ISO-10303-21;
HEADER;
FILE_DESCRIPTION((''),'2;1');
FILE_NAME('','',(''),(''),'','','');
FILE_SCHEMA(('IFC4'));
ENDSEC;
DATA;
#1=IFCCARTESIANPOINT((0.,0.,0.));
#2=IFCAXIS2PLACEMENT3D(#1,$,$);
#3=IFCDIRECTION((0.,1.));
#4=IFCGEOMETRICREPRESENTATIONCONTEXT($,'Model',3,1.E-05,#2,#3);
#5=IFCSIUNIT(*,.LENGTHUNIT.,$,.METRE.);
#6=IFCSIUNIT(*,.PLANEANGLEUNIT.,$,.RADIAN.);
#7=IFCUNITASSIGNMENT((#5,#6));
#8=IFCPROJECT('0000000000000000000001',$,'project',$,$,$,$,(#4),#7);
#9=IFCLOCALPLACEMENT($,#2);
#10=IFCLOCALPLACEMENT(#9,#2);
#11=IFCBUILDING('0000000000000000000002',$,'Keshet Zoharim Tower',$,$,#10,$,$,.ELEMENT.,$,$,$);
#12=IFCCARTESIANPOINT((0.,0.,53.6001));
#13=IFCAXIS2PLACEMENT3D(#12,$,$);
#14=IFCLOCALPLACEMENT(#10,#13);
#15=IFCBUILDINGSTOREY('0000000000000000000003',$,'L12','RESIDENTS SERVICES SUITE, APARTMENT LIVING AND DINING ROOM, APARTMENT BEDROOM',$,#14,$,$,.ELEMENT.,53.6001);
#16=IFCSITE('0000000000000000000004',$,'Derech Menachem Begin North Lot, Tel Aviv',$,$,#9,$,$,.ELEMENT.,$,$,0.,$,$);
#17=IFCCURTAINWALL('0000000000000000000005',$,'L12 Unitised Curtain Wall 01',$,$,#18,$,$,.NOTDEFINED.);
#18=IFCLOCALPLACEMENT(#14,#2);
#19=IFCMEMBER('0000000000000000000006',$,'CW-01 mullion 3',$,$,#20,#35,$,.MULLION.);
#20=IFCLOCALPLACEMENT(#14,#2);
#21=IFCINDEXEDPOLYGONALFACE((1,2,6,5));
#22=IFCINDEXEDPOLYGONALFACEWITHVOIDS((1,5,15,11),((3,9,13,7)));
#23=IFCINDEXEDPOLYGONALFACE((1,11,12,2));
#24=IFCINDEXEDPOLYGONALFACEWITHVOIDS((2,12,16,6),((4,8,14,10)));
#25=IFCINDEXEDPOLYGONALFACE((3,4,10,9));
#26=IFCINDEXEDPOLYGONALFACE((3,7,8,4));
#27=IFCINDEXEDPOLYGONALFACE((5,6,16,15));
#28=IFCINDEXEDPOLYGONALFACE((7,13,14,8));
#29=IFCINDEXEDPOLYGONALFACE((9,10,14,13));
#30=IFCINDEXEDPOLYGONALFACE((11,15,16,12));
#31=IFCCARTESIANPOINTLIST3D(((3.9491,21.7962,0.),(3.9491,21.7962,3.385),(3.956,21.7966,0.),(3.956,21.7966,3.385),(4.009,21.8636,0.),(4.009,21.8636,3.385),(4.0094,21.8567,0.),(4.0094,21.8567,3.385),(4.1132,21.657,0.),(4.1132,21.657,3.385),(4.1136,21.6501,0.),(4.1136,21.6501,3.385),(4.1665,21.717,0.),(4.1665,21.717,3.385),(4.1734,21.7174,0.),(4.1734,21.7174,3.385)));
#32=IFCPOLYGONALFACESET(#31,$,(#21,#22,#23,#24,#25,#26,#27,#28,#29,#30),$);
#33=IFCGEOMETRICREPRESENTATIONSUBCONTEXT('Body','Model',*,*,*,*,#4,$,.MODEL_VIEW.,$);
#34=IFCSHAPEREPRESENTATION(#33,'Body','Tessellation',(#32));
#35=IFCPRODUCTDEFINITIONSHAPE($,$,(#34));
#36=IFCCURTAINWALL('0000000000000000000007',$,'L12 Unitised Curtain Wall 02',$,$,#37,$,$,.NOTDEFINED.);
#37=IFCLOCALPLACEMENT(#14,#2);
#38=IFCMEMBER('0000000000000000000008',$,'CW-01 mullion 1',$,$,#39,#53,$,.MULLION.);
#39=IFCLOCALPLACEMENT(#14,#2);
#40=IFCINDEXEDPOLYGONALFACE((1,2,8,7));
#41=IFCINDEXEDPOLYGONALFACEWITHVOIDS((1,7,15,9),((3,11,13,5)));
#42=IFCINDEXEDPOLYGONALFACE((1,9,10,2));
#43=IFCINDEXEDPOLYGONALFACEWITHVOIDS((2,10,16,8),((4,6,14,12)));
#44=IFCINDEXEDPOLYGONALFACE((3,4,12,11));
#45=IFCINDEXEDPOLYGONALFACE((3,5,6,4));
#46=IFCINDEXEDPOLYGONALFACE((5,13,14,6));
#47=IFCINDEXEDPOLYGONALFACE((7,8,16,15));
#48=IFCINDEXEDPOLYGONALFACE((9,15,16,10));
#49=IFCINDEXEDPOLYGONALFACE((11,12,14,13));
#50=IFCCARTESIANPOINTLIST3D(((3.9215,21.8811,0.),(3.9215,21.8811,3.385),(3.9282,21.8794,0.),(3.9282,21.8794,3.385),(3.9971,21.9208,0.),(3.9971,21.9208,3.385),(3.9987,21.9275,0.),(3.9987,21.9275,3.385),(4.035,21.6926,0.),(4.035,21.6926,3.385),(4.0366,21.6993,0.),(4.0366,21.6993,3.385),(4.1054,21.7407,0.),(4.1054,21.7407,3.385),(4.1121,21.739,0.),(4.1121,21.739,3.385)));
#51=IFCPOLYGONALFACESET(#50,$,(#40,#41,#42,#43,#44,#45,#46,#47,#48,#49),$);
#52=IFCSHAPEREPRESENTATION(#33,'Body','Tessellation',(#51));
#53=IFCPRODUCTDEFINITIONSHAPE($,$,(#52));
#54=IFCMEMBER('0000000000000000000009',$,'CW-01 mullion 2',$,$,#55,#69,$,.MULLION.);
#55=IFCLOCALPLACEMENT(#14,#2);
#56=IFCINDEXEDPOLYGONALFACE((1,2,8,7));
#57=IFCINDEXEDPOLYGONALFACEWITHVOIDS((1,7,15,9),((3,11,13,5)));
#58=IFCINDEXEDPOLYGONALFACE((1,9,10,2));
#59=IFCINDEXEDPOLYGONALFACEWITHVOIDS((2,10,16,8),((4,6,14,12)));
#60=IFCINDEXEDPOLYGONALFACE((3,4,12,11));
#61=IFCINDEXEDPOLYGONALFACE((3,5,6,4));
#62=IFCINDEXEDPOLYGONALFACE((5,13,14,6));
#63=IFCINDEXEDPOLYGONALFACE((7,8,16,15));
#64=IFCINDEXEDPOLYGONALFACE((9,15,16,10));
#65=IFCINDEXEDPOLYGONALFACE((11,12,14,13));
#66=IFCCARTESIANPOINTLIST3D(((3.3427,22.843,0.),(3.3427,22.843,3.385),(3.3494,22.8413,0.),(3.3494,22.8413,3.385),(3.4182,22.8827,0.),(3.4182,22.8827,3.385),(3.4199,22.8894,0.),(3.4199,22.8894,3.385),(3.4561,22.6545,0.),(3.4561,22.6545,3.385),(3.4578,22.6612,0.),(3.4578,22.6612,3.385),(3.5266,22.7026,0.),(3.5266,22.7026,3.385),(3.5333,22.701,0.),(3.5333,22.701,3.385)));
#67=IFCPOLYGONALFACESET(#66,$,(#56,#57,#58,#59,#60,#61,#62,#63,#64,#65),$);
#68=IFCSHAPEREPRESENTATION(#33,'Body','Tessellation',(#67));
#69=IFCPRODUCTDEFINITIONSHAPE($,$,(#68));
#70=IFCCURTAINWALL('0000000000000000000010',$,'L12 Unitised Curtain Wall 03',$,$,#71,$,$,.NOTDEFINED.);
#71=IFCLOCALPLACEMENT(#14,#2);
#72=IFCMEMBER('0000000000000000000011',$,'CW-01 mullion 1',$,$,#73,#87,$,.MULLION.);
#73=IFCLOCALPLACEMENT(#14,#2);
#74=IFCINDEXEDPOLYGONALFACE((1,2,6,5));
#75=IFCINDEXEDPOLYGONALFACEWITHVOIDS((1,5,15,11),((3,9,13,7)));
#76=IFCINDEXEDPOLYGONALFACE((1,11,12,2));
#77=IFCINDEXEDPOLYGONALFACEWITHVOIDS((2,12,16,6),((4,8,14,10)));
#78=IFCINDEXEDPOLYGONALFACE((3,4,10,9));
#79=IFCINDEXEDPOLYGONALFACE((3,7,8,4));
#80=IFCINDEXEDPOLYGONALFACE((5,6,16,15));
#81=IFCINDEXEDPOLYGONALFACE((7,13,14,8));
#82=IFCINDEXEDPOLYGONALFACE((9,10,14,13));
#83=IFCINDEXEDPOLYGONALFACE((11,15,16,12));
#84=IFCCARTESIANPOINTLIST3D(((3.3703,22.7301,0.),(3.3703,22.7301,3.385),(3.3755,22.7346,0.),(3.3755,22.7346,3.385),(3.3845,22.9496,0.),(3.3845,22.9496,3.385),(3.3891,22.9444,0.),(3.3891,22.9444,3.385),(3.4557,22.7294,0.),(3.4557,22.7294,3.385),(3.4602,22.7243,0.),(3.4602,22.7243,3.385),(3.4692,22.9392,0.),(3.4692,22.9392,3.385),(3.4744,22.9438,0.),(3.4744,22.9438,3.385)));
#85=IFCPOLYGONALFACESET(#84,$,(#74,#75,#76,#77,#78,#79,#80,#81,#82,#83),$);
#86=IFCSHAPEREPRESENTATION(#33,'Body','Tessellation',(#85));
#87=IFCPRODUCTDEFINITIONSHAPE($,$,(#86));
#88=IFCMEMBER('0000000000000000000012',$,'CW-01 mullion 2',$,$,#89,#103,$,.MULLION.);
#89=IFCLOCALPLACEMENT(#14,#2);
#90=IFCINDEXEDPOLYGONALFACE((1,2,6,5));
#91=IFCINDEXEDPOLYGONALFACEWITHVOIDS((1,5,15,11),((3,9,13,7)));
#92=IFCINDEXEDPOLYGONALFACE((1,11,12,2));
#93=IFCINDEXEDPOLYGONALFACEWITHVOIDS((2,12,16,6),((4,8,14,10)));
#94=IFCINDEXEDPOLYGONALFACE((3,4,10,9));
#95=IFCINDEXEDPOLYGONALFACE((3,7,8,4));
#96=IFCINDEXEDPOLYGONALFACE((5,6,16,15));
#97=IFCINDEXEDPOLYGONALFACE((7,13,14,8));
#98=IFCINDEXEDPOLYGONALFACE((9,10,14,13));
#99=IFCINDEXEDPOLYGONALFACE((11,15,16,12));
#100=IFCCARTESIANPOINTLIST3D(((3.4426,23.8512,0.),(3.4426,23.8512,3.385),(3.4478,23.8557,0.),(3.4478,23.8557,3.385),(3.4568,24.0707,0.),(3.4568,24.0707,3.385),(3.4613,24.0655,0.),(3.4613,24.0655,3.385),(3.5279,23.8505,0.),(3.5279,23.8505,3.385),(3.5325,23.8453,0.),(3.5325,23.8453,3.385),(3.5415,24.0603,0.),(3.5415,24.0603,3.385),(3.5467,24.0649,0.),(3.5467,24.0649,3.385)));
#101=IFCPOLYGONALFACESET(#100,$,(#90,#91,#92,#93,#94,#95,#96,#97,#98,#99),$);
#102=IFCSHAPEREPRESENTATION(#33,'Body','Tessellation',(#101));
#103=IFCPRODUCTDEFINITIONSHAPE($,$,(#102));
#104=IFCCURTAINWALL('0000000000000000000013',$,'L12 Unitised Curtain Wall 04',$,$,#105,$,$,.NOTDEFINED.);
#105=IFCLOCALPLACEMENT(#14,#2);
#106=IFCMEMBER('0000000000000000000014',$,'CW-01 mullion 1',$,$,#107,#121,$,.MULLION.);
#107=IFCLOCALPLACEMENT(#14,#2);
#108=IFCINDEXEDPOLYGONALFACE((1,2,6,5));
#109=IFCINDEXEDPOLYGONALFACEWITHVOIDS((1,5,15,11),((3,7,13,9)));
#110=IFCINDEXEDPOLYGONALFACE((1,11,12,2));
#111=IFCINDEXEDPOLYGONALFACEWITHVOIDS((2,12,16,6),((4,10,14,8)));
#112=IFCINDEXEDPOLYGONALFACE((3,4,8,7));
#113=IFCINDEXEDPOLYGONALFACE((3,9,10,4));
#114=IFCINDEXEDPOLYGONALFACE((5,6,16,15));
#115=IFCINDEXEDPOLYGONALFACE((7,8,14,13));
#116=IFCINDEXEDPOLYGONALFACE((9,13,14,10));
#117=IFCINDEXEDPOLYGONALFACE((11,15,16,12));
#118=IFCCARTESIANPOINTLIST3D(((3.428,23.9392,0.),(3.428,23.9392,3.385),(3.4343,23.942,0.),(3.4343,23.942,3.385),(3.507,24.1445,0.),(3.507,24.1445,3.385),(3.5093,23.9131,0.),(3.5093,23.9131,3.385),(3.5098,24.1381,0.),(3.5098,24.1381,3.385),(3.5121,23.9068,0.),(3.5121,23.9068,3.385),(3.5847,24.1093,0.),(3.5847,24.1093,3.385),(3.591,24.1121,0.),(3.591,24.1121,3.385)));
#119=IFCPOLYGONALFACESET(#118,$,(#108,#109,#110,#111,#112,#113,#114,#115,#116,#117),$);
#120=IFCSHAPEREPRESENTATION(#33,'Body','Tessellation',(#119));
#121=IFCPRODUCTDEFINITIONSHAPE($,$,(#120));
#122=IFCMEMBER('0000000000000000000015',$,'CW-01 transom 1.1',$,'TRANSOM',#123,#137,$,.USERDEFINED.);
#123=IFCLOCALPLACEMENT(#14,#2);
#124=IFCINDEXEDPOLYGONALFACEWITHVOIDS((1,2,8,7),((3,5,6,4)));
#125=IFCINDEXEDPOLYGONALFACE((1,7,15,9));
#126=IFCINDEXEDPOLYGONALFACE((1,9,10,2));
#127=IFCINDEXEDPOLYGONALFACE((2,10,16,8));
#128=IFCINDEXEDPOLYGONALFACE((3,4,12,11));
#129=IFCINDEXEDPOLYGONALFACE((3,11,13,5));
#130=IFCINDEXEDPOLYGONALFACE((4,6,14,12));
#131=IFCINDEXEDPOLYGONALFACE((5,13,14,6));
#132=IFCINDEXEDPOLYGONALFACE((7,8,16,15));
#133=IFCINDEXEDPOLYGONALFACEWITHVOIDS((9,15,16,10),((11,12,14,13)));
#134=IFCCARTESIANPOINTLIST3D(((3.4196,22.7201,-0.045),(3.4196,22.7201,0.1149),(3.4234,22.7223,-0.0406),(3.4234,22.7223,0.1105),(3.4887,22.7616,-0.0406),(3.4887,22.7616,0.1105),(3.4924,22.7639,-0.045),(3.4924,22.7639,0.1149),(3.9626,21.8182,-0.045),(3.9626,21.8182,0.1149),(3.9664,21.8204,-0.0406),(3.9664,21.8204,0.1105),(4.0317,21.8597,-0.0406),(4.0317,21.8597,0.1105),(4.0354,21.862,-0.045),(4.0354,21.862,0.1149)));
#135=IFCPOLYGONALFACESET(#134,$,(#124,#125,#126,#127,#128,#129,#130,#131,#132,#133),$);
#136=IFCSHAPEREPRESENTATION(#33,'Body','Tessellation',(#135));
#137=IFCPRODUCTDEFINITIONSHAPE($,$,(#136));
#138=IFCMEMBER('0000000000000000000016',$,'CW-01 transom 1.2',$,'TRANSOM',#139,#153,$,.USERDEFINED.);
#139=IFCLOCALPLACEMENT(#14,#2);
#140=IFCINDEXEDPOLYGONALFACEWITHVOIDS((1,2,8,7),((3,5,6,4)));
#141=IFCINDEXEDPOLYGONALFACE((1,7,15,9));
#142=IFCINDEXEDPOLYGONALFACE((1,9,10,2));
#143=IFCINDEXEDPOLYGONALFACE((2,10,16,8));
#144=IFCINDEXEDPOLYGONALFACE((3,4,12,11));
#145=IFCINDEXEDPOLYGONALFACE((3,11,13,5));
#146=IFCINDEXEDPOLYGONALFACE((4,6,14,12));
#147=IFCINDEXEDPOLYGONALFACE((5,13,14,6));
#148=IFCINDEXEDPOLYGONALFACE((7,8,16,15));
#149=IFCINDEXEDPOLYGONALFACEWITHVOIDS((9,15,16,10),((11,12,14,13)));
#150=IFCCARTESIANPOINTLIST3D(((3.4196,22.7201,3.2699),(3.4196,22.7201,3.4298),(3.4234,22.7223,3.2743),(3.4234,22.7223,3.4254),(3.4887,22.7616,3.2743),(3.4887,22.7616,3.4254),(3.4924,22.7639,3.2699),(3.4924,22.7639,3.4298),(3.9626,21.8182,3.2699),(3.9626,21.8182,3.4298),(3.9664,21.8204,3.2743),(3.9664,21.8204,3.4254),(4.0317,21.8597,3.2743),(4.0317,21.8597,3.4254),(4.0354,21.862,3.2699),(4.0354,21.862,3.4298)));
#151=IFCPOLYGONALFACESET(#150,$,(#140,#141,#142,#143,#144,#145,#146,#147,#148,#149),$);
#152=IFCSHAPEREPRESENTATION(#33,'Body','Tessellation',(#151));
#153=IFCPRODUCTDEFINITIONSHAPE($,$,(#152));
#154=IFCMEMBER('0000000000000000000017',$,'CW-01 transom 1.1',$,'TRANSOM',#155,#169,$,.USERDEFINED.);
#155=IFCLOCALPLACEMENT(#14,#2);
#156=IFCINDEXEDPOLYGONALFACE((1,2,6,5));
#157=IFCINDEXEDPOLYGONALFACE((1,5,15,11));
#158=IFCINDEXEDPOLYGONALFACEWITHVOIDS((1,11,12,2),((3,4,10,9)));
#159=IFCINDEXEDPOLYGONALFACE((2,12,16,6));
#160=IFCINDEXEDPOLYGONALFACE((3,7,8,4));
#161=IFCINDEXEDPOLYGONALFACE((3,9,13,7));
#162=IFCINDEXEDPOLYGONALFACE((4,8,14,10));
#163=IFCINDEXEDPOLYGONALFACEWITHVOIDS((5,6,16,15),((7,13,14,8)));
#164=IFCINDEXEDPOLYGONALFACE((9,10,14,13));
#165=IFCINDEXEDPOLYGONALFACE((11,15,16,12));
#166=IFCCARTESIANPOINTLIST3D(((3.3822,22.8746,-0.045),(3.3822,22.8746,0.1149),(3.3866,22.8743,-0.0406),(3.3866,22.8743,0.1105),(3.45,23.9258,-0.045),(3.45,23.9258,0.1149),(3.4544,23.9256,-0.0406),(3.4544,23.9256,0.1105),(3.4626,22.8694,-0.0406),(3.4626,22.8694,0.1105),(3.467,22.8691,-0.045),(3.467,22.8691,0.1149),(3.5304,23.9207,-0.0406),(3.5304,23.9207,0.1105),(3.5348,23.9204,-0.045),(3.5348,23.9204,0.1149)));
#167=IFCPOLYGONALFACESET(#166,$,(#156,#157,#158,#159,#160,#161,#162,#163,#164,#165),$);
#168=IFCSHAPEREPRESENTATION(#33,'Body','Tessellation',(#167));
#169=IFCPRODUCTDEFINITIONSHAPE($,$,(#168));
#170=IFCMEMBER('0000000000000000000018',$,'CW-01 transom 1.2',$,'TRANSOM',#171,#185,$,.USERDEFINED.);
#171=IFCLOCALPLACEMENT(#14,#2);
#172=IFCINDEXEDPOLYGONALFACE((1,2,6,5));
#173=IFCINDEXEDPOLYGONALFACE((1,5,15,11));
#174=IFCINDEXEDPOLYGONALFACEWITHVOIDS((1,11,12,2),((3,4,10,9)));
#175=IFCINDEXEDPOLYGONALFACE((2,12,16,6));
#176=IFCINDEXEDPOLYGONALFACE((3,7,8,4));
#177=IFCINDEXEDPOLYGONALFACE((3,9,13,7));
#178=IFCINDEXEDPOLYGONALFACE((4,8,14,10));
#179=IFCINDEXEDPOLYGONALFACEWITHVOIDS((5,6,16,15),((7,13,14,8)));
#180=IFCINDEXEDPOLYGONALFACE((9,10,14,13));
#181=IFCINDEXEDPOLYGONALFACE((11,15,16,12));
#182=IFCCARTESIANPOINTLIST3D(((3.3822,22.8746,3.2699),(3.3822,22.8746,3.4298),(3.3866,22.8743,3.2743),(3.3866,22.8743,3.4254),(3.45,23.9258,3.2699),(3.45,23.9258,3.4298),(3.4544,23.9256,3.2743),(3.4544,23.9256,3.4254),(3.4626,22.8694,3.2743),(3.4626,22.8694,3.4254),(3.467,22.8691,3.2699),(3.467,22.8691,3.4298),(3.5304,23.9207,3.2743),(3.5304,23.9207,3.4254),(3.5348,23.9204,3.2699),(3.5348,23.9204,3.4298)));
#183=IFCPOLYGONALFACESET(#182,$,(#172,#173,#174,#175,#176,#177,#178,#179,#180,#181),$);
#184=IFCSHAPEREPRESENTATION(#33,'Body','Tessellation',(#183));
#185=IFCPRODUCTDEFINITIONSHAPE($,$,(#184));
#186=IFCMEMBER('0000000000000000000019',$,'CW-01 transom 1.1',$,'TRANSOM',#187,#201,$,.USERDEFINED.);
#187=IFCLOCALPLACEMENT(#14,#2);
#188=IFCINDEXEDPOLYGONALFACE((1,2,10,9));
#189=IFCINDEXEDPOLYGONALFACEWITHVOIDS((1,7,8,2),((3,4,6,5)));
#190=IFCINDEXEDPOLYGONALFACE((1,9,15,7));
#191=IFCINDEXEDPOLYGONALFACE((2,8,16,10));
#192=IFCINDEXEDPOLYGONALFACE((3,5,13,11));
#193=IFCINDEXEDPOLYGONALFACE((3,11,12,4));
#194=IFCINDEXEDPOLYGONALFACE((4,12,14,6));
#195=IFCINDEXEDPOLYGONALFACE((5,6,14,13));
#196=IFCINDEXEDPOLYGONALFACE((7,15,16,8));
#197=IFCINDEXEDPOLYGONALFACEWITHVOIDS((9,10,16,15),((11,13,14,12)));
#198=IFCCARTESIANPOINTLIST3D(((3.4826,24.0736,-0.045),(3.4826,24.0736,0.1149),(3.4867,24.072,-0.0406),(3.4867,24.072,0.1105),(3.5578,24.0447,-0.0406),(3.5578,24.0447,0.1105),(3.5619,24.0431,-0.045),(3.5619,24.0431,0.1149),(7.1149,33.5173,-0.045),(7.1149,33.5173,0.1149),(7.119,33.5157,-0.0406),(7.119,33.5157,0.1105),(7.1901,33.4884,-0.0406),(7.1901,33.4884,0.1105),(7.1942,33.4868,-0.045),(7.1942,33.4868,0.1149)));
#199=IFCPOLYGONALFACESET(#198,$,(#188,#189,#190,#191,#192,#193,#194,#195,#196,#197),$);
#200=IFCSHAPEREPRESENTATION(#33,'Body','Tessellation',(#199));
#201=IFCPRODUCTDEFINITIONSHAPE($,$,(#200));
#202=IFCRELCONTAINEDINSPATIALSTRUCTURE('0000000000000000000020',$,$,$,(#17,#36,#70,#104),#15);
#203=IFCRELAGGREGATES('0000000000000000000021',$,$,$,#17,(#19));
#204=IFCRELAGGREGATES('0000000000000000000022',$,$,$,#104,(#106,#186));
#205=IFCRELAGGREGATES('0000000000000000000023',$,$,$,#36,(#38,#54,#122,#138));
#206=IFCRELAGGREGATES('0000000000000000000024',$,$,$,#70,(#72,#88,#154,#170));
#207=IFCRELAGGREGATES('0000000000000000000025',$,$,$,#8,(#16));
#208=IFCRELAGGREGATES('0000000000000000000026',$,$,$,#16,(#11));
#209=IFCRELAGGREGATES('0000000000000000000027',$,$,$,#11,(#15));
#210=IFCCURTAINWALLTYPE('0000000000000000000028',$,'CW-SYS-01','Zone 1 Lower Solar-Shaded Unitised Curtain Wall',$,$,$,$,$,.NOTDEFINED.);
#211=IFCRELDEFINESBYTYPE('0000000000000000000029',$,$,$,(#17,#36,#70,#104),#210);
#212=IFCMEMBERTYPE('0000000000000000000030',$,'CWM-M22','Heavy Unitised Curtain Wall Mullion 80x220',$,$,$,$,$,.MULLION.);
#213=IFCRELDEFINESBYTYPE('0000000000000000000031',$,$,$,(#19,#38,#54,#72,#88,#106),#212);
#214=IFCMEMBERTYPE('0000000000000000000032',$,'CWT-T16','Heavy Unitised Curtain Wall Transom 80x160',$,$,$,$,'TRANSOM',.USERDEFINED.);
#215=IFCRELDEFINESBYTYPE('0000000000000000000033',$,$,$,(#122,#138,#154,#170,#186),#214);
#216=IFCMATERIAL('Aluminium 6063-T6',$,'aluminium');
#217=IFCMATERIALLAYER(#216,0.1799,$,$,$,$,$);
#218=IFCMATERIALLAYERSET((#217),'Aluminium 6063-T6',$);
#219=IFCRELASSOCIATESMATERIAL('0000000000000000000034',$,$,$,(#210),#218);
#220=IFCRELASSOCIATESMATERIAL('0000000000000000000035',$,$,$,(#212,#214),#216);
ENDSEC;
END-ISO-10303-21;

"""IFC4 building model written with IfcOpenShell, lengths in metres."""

from ifc_helpers import new_model, si_unit, direction, frame, origin, origin_2d, place, context, subcontext, project, spatial, hollow_rectangle, extrude, material, layer, layer_set, material_profile, profile_set, type_object, element, aggregate, save


model = new_model("IFC4")

# Units and contexts
model_context = context("Model", 3, precision=1e-05, world=origin(), true_north=direction((0.0, 1.0)))
body_context = subcontext(model_context, "Body", "Model", "MODEL_VIEW")
ifc_project = project(units=[si_unit("LENGTHUNIT", "METRE"), si_unit("PLANEANGLEUNIT", "RADIAN")], contexts=[model_context])

# Site, building, storey
site_placement = place(None, origin())
site = spatial("IfcSite", under=ifc_project, at=site_placement, Name="Derech Menachem Begin North Lot, Tel Aviv", CompositionType="ELEMENT", RefElevation=0.0)
building_placement = place(site_placement, origin())
building = spatial("IfcBuilding", under=site, at=building_placement, Name="Keshet Zoharim Tower", CompositionType="ELEMENT")
storey_placement = place(building_placement, frame((0.0, 0.0, 53.6001)))
storey = spatial("IfcBuildingStorey", under=building, at=storey_placement, Name="L12", Description="RESIDENTS SERVICES SUITE, APARTMENT LIVING AND DINING ROOM, APARTMENT BEDROOM", CompositionType="ELEMENT", Elevation=53.6001)

# Curtain wall, member
ifc_material_1 = material(Name="Aluminium 6063-T6", Category="aluminium")
ifc_layer_1 = layer(ifc_material_1, 0.1799)
ifc_layer_set_1 = layer_set([ifc_layer_1], Name="Aluminium 6063-T6")
curtain_wall_type = type_object("IfcCurtainWallType", Name="CW-SYS-01", Description="Zone 1 Lower Solar-Shaded Unitised Curtain Wall", PredefinedType="NOTDEFINED", material=ifc_layer_set_1)
curtain_wall_1_placement = place(storey_placement, origin())
curtain_wall_1 = element("IfcCurtainWall", 1, at=curtain_wall_1_placement, inside=storey, type_object=curtain_wall_type, Name="L12 Unitised Curtain Wall 01", PredefinedType="NOTDEFINED")
ifc_material_profile_1 = material_profile(ifc_material_1, hollow_rectangle(XDim=0.0901, YDim=0.22, WallThickness=0.0049, at=origin_2d()), Name="MUL-90x220")
ifc_profile_set_1 = profile_set([ifc_material_profile_1], Name="Aluminium 6063-T6")
member_type_1 = type_object("IfcMemberType", Name="CWM-M22", Description="Heavy Unitised Curtain Wall Mullion 80x220", PredefinedType="MULLION", material=ifc_profile_set_1)
member_1_placement = place(storey_placement, frame((4.0613, 21.7568, 0.0), z_axis=(0.0, 0.0, 1.0), x_axis=(-0.664364, -0.747409, 0.0)))
member_1 = element("IfcMember", 2, at=member_1_placement, type_object=member_type_1, Name="CW-01 mullion 3", PredefinedType="MULLION", context=body_context, shape_type="SweptSolid", body=[
    extrude(hollow_rectangle(XDim=0.0901, YDim=0.22, WallThickness=0.0049, at=origin_2d()), origin(), (0.0, 0.0, 1.0), 3.385),
])
aggregate(curtain_wall_1, [member_1])

# Curtain walls, members
curtain_wall_2_placement = place(storey_placement, origin())
curtain_wall_2 = element("IfcCurtainWall", 3, at=curtain_wall_2_placement, inside=storey, type_object=curtain_wall_type, Name="L12 Unitised Curtain Wall 02", PredefinedType="NOTDEFINED")
member_2_placement = place(storey_placement, frame((4.0168, 21.8101, 0.0), z_axis=(0.0, 0.0, 1.0), x_axis=(-0.856826, -0.515605, 0.0)))
member_2 = element("IfcMember", 4, at=member_2_placement, type_object=member_type_1, Name="CW-01 mullion 1", PredefinedType="MULLION", context=body_context, shape_type="SweptSolid", body=[
    extrude(hollow_rectangle(XDim=0.0901, YDim=0.22, WallThickness=0.0049, at=origin_2d()), origin(), (0.0, 0.0, 1.0), 3.385),
])
member_3_placement = place(storey_placement, frame((3.438, 22.772, 0.0), z_axis=(0.0, 0.0, 1.0), x_axis=(-0.856826, -0.515605, 0.0)))
member_3 = element("IfcMember", 5, at=member_3_placement, type_object=member_type_1, Name="CW-01 mullion 2", PredefinedType="MULLION", context=body_context, shape_type="SweptSolid", body=[
    extrude(hollow_rectangle(XDim=0.0901, YDim=0.22, WallThickness=0.0049, at=origin_2d()), origin(), (0.0, 0.0, 1.0), 3.385),
])
curtain_wall_3_placement = place(storey_placement, origin())
curtain_wall_3 = element("IfcCurtainWall", 6, at=curtain_wall_3_placement, inside=storey, type_object=curtain_wall_type, Name="L12 Unitised Curtain Wall 03", PredefinedType="NOTDEFINED")
member_4_placement = place(storey_placement, frame((3.4224, 22.8369, 0.0), z_axis=(0.0, 0.0, 1.0), x_axis=(-0.997917, 0.064517, 0.0)))
member_4 = element("IfcMember", 7, at=member_4_placement, type_object=member_type_1, Name="CW-01 mullion 1", PredefinedType="MULLION", context=body_context, shape_type="SweptSolid", body=[
    extrude(hollow_rectangle(XDim=0.0901, YDim=0.22, WallThickness=0.0049, at=origin_2d()), origin(), (0.0, 0.0, 1.0), 3.385),
])
member_5_placement = place(storey_placement, frame((3.4946, 23.958, 0.0), z_axis=(0.0, 0.0, 1.0), x_axis=(-0.997917, 0.064517, 0.0)))
member_5 = element("IfcMember", 8, at=member_5_placement, type_object=member_type_1, Name="CW-01 mullion 2", PredefinedType="MULLION", context=body_context, shape_type="SweptSolid", body=[
    extrude(hollow_rectangle(XDim=0.0901, YDim=0.22, WallThickness=0.0049, at=origin_2d()), origin(), (0.0, 0.0, 1.0), 3.385),
])

# Curtain wall, member
curtain_wall_4_placement = place(storey_placement, origin())
curtain_wall_4 = element("IfcCurtainWall", 9, at=curtain_wall_4_placement, inside=storey, type_object=curtain_wall_type, Name="L12 Unitised Curtain Wall 04", PredefinedType="NOTDEFINED")
member_6_placement = place(storey_placement, frame((3.5095, 24.0256, 0.0), z_axis=(0.0, 0.0, 1.0), x_axis=(-0.933341, 0.35899, 0.0)))
member_6 = element("IfcMember", 10, at=member_6_placement, type_object=member_type_1, Name="CW-01 mullion 1", PredefinedType="MULLION", context=body_context, shape_type="SweptSolid", body=[
    extrude(hollow_rectangle(XDim=0.0901, YDim=0.22, WallThickness=0.0049, at=origin_2d()), origin(), (0.0, 0.0, 1.0), 3.385),
])

# Members
ifc_material_profile_2 = material_profile(ifc_material_1, hollow_rectangle(XDim=0.085, YDim=0.1599, WallThickness=0.0044, at=origin_2d()), Name="TRN-85x160")
ifc_profile_set_2 = profile_set([ifc_material_profile_2], Name="Aluminium 6063-T6")
member_type_2 = type_object("IfcMemberType", Name="CWT-T16", Description="Heavy Unitised Curtain Wall Transom 80x160", ElementType="TRANSOM", PredefinedType="USERDEFINED", material=ifc_profile_set_2)
member_7_placement = place(storey_placement, frame((3.999, 21.8401, 0.0349), z_axis=(-0.515791, 0.856714, 0.0), x_axis=(-0.856714, -0.515791, 0.0)))
member_7 = element("IfcMember", 11, at=member_7_placement, type_object=member_type_2, Name="CW-01 transom 1.1", ObjectType="TRANSOM", PredefinedType="USERDEFINED", context=body_context, shape_type="SweptSolid", body=[
    extrude(hollow_rectangle(XDim=0.085, YDim=0.1599, WallThickness=0.0044, at=origin_2d()), origin(), (0.0, 0.0, 1.0), 1.0527),
])
member_8_placement = place(storey_placement, frame((3.999, 21.8401, 3.3499), z_axis=(-0.515791, 0.856714, 0.0), x_axis=(-0.856714, -0.515791, 0.0)))
member_8 = element("IfcMember", 12, at=member_8_placement, type_object=member_type_2, Name="CW-01 transom 1.2", ObjectType="TRANSOM", PredefinedType="USERDEFINED", context=body_context, shape_type="SweptSolid", body=[
    extrude(hollow_rectangle(XDim=0.085, YDim=0.1599, WallThickness=0.0044, at=origin_2d()), origin(), (0.0, 0.0, 1.0), 1.0527),
])
member_9_placement = place(storey_placement, frame((3.4246, 22.8718, 0.0349), z_axis=(0.064427, 0.997922, 0.0), x_axis=(-0.997922, 0.064427, 0.0)))
member_9 = element("IfcMember", 13, at=member_9_placement, type_object=member_type_2, Name="CW-01 transom 1.1", ObjectType="TRANSOM", PredefinedType="USERDEFINED", context=body_context, shape_type="SweptSolid", body=[
    extrude(hollow_rectangle(XDim=0.085, YDim=0.1599, WallThickness=0.0044, at=origin_2d()), origin(), (0.0, 0.0, 1.0), 1.0535),
])
member_10_placement = place(storey_placement, frame((3.4246, 22.8718, 3.3499), z_axis=(0.064427, 0.997922, 0.0), x_axis=(-0.997922, 0.064427, 0.0)))
member_10 = element("IfcMember", 14, at=member_10_placement, type_object=member_type_2, Name="CW-01 transom 1.2", ObjectType="TRANSOM", PredefinedType="USERDEFINED", context=body_context, shape_type="SweptSolid", body=[
    extrude(hollow_rectangle(XDim=0.085, YDim=0.1599, WallThickness=0.0044, at=origin_2d()), origin(), (0.0, 0.0, 1.0), 1.0535),
])
member_11_placement = place(storey_placement, frame((3.5222, 24.0583, 0.0349), z_axis=(0.358994, 0.93334, 0.0), x_axis=(-0.93334, 0.358994, 0.0)))
member_11 = element("IfcMember", 15, at=member_11_placement, type_object=member_type_2, Name="CW-01 transom 1.1", ObjectType="TRANSOM", PredefinedType="USERDEFINED", context=body_context, shape_type="SweptSolid", body=[
    extrude(hollow_rectangle(XDim=0.085, YDim=0.1599, WallThickness=0.0044, at=origin_2d()), origin(), (0.0, 0.0, 1.0), 10.1182),
])
aggregate(curtain_wall_4, [member_6, member_11])

aggregate(curtain_wall_2, [member_2, member_3, member_7, member_8])
aggregate(curtain_wall_3, [member_4, member_5, member_9, member_10])

save(model, "model.ifc")
